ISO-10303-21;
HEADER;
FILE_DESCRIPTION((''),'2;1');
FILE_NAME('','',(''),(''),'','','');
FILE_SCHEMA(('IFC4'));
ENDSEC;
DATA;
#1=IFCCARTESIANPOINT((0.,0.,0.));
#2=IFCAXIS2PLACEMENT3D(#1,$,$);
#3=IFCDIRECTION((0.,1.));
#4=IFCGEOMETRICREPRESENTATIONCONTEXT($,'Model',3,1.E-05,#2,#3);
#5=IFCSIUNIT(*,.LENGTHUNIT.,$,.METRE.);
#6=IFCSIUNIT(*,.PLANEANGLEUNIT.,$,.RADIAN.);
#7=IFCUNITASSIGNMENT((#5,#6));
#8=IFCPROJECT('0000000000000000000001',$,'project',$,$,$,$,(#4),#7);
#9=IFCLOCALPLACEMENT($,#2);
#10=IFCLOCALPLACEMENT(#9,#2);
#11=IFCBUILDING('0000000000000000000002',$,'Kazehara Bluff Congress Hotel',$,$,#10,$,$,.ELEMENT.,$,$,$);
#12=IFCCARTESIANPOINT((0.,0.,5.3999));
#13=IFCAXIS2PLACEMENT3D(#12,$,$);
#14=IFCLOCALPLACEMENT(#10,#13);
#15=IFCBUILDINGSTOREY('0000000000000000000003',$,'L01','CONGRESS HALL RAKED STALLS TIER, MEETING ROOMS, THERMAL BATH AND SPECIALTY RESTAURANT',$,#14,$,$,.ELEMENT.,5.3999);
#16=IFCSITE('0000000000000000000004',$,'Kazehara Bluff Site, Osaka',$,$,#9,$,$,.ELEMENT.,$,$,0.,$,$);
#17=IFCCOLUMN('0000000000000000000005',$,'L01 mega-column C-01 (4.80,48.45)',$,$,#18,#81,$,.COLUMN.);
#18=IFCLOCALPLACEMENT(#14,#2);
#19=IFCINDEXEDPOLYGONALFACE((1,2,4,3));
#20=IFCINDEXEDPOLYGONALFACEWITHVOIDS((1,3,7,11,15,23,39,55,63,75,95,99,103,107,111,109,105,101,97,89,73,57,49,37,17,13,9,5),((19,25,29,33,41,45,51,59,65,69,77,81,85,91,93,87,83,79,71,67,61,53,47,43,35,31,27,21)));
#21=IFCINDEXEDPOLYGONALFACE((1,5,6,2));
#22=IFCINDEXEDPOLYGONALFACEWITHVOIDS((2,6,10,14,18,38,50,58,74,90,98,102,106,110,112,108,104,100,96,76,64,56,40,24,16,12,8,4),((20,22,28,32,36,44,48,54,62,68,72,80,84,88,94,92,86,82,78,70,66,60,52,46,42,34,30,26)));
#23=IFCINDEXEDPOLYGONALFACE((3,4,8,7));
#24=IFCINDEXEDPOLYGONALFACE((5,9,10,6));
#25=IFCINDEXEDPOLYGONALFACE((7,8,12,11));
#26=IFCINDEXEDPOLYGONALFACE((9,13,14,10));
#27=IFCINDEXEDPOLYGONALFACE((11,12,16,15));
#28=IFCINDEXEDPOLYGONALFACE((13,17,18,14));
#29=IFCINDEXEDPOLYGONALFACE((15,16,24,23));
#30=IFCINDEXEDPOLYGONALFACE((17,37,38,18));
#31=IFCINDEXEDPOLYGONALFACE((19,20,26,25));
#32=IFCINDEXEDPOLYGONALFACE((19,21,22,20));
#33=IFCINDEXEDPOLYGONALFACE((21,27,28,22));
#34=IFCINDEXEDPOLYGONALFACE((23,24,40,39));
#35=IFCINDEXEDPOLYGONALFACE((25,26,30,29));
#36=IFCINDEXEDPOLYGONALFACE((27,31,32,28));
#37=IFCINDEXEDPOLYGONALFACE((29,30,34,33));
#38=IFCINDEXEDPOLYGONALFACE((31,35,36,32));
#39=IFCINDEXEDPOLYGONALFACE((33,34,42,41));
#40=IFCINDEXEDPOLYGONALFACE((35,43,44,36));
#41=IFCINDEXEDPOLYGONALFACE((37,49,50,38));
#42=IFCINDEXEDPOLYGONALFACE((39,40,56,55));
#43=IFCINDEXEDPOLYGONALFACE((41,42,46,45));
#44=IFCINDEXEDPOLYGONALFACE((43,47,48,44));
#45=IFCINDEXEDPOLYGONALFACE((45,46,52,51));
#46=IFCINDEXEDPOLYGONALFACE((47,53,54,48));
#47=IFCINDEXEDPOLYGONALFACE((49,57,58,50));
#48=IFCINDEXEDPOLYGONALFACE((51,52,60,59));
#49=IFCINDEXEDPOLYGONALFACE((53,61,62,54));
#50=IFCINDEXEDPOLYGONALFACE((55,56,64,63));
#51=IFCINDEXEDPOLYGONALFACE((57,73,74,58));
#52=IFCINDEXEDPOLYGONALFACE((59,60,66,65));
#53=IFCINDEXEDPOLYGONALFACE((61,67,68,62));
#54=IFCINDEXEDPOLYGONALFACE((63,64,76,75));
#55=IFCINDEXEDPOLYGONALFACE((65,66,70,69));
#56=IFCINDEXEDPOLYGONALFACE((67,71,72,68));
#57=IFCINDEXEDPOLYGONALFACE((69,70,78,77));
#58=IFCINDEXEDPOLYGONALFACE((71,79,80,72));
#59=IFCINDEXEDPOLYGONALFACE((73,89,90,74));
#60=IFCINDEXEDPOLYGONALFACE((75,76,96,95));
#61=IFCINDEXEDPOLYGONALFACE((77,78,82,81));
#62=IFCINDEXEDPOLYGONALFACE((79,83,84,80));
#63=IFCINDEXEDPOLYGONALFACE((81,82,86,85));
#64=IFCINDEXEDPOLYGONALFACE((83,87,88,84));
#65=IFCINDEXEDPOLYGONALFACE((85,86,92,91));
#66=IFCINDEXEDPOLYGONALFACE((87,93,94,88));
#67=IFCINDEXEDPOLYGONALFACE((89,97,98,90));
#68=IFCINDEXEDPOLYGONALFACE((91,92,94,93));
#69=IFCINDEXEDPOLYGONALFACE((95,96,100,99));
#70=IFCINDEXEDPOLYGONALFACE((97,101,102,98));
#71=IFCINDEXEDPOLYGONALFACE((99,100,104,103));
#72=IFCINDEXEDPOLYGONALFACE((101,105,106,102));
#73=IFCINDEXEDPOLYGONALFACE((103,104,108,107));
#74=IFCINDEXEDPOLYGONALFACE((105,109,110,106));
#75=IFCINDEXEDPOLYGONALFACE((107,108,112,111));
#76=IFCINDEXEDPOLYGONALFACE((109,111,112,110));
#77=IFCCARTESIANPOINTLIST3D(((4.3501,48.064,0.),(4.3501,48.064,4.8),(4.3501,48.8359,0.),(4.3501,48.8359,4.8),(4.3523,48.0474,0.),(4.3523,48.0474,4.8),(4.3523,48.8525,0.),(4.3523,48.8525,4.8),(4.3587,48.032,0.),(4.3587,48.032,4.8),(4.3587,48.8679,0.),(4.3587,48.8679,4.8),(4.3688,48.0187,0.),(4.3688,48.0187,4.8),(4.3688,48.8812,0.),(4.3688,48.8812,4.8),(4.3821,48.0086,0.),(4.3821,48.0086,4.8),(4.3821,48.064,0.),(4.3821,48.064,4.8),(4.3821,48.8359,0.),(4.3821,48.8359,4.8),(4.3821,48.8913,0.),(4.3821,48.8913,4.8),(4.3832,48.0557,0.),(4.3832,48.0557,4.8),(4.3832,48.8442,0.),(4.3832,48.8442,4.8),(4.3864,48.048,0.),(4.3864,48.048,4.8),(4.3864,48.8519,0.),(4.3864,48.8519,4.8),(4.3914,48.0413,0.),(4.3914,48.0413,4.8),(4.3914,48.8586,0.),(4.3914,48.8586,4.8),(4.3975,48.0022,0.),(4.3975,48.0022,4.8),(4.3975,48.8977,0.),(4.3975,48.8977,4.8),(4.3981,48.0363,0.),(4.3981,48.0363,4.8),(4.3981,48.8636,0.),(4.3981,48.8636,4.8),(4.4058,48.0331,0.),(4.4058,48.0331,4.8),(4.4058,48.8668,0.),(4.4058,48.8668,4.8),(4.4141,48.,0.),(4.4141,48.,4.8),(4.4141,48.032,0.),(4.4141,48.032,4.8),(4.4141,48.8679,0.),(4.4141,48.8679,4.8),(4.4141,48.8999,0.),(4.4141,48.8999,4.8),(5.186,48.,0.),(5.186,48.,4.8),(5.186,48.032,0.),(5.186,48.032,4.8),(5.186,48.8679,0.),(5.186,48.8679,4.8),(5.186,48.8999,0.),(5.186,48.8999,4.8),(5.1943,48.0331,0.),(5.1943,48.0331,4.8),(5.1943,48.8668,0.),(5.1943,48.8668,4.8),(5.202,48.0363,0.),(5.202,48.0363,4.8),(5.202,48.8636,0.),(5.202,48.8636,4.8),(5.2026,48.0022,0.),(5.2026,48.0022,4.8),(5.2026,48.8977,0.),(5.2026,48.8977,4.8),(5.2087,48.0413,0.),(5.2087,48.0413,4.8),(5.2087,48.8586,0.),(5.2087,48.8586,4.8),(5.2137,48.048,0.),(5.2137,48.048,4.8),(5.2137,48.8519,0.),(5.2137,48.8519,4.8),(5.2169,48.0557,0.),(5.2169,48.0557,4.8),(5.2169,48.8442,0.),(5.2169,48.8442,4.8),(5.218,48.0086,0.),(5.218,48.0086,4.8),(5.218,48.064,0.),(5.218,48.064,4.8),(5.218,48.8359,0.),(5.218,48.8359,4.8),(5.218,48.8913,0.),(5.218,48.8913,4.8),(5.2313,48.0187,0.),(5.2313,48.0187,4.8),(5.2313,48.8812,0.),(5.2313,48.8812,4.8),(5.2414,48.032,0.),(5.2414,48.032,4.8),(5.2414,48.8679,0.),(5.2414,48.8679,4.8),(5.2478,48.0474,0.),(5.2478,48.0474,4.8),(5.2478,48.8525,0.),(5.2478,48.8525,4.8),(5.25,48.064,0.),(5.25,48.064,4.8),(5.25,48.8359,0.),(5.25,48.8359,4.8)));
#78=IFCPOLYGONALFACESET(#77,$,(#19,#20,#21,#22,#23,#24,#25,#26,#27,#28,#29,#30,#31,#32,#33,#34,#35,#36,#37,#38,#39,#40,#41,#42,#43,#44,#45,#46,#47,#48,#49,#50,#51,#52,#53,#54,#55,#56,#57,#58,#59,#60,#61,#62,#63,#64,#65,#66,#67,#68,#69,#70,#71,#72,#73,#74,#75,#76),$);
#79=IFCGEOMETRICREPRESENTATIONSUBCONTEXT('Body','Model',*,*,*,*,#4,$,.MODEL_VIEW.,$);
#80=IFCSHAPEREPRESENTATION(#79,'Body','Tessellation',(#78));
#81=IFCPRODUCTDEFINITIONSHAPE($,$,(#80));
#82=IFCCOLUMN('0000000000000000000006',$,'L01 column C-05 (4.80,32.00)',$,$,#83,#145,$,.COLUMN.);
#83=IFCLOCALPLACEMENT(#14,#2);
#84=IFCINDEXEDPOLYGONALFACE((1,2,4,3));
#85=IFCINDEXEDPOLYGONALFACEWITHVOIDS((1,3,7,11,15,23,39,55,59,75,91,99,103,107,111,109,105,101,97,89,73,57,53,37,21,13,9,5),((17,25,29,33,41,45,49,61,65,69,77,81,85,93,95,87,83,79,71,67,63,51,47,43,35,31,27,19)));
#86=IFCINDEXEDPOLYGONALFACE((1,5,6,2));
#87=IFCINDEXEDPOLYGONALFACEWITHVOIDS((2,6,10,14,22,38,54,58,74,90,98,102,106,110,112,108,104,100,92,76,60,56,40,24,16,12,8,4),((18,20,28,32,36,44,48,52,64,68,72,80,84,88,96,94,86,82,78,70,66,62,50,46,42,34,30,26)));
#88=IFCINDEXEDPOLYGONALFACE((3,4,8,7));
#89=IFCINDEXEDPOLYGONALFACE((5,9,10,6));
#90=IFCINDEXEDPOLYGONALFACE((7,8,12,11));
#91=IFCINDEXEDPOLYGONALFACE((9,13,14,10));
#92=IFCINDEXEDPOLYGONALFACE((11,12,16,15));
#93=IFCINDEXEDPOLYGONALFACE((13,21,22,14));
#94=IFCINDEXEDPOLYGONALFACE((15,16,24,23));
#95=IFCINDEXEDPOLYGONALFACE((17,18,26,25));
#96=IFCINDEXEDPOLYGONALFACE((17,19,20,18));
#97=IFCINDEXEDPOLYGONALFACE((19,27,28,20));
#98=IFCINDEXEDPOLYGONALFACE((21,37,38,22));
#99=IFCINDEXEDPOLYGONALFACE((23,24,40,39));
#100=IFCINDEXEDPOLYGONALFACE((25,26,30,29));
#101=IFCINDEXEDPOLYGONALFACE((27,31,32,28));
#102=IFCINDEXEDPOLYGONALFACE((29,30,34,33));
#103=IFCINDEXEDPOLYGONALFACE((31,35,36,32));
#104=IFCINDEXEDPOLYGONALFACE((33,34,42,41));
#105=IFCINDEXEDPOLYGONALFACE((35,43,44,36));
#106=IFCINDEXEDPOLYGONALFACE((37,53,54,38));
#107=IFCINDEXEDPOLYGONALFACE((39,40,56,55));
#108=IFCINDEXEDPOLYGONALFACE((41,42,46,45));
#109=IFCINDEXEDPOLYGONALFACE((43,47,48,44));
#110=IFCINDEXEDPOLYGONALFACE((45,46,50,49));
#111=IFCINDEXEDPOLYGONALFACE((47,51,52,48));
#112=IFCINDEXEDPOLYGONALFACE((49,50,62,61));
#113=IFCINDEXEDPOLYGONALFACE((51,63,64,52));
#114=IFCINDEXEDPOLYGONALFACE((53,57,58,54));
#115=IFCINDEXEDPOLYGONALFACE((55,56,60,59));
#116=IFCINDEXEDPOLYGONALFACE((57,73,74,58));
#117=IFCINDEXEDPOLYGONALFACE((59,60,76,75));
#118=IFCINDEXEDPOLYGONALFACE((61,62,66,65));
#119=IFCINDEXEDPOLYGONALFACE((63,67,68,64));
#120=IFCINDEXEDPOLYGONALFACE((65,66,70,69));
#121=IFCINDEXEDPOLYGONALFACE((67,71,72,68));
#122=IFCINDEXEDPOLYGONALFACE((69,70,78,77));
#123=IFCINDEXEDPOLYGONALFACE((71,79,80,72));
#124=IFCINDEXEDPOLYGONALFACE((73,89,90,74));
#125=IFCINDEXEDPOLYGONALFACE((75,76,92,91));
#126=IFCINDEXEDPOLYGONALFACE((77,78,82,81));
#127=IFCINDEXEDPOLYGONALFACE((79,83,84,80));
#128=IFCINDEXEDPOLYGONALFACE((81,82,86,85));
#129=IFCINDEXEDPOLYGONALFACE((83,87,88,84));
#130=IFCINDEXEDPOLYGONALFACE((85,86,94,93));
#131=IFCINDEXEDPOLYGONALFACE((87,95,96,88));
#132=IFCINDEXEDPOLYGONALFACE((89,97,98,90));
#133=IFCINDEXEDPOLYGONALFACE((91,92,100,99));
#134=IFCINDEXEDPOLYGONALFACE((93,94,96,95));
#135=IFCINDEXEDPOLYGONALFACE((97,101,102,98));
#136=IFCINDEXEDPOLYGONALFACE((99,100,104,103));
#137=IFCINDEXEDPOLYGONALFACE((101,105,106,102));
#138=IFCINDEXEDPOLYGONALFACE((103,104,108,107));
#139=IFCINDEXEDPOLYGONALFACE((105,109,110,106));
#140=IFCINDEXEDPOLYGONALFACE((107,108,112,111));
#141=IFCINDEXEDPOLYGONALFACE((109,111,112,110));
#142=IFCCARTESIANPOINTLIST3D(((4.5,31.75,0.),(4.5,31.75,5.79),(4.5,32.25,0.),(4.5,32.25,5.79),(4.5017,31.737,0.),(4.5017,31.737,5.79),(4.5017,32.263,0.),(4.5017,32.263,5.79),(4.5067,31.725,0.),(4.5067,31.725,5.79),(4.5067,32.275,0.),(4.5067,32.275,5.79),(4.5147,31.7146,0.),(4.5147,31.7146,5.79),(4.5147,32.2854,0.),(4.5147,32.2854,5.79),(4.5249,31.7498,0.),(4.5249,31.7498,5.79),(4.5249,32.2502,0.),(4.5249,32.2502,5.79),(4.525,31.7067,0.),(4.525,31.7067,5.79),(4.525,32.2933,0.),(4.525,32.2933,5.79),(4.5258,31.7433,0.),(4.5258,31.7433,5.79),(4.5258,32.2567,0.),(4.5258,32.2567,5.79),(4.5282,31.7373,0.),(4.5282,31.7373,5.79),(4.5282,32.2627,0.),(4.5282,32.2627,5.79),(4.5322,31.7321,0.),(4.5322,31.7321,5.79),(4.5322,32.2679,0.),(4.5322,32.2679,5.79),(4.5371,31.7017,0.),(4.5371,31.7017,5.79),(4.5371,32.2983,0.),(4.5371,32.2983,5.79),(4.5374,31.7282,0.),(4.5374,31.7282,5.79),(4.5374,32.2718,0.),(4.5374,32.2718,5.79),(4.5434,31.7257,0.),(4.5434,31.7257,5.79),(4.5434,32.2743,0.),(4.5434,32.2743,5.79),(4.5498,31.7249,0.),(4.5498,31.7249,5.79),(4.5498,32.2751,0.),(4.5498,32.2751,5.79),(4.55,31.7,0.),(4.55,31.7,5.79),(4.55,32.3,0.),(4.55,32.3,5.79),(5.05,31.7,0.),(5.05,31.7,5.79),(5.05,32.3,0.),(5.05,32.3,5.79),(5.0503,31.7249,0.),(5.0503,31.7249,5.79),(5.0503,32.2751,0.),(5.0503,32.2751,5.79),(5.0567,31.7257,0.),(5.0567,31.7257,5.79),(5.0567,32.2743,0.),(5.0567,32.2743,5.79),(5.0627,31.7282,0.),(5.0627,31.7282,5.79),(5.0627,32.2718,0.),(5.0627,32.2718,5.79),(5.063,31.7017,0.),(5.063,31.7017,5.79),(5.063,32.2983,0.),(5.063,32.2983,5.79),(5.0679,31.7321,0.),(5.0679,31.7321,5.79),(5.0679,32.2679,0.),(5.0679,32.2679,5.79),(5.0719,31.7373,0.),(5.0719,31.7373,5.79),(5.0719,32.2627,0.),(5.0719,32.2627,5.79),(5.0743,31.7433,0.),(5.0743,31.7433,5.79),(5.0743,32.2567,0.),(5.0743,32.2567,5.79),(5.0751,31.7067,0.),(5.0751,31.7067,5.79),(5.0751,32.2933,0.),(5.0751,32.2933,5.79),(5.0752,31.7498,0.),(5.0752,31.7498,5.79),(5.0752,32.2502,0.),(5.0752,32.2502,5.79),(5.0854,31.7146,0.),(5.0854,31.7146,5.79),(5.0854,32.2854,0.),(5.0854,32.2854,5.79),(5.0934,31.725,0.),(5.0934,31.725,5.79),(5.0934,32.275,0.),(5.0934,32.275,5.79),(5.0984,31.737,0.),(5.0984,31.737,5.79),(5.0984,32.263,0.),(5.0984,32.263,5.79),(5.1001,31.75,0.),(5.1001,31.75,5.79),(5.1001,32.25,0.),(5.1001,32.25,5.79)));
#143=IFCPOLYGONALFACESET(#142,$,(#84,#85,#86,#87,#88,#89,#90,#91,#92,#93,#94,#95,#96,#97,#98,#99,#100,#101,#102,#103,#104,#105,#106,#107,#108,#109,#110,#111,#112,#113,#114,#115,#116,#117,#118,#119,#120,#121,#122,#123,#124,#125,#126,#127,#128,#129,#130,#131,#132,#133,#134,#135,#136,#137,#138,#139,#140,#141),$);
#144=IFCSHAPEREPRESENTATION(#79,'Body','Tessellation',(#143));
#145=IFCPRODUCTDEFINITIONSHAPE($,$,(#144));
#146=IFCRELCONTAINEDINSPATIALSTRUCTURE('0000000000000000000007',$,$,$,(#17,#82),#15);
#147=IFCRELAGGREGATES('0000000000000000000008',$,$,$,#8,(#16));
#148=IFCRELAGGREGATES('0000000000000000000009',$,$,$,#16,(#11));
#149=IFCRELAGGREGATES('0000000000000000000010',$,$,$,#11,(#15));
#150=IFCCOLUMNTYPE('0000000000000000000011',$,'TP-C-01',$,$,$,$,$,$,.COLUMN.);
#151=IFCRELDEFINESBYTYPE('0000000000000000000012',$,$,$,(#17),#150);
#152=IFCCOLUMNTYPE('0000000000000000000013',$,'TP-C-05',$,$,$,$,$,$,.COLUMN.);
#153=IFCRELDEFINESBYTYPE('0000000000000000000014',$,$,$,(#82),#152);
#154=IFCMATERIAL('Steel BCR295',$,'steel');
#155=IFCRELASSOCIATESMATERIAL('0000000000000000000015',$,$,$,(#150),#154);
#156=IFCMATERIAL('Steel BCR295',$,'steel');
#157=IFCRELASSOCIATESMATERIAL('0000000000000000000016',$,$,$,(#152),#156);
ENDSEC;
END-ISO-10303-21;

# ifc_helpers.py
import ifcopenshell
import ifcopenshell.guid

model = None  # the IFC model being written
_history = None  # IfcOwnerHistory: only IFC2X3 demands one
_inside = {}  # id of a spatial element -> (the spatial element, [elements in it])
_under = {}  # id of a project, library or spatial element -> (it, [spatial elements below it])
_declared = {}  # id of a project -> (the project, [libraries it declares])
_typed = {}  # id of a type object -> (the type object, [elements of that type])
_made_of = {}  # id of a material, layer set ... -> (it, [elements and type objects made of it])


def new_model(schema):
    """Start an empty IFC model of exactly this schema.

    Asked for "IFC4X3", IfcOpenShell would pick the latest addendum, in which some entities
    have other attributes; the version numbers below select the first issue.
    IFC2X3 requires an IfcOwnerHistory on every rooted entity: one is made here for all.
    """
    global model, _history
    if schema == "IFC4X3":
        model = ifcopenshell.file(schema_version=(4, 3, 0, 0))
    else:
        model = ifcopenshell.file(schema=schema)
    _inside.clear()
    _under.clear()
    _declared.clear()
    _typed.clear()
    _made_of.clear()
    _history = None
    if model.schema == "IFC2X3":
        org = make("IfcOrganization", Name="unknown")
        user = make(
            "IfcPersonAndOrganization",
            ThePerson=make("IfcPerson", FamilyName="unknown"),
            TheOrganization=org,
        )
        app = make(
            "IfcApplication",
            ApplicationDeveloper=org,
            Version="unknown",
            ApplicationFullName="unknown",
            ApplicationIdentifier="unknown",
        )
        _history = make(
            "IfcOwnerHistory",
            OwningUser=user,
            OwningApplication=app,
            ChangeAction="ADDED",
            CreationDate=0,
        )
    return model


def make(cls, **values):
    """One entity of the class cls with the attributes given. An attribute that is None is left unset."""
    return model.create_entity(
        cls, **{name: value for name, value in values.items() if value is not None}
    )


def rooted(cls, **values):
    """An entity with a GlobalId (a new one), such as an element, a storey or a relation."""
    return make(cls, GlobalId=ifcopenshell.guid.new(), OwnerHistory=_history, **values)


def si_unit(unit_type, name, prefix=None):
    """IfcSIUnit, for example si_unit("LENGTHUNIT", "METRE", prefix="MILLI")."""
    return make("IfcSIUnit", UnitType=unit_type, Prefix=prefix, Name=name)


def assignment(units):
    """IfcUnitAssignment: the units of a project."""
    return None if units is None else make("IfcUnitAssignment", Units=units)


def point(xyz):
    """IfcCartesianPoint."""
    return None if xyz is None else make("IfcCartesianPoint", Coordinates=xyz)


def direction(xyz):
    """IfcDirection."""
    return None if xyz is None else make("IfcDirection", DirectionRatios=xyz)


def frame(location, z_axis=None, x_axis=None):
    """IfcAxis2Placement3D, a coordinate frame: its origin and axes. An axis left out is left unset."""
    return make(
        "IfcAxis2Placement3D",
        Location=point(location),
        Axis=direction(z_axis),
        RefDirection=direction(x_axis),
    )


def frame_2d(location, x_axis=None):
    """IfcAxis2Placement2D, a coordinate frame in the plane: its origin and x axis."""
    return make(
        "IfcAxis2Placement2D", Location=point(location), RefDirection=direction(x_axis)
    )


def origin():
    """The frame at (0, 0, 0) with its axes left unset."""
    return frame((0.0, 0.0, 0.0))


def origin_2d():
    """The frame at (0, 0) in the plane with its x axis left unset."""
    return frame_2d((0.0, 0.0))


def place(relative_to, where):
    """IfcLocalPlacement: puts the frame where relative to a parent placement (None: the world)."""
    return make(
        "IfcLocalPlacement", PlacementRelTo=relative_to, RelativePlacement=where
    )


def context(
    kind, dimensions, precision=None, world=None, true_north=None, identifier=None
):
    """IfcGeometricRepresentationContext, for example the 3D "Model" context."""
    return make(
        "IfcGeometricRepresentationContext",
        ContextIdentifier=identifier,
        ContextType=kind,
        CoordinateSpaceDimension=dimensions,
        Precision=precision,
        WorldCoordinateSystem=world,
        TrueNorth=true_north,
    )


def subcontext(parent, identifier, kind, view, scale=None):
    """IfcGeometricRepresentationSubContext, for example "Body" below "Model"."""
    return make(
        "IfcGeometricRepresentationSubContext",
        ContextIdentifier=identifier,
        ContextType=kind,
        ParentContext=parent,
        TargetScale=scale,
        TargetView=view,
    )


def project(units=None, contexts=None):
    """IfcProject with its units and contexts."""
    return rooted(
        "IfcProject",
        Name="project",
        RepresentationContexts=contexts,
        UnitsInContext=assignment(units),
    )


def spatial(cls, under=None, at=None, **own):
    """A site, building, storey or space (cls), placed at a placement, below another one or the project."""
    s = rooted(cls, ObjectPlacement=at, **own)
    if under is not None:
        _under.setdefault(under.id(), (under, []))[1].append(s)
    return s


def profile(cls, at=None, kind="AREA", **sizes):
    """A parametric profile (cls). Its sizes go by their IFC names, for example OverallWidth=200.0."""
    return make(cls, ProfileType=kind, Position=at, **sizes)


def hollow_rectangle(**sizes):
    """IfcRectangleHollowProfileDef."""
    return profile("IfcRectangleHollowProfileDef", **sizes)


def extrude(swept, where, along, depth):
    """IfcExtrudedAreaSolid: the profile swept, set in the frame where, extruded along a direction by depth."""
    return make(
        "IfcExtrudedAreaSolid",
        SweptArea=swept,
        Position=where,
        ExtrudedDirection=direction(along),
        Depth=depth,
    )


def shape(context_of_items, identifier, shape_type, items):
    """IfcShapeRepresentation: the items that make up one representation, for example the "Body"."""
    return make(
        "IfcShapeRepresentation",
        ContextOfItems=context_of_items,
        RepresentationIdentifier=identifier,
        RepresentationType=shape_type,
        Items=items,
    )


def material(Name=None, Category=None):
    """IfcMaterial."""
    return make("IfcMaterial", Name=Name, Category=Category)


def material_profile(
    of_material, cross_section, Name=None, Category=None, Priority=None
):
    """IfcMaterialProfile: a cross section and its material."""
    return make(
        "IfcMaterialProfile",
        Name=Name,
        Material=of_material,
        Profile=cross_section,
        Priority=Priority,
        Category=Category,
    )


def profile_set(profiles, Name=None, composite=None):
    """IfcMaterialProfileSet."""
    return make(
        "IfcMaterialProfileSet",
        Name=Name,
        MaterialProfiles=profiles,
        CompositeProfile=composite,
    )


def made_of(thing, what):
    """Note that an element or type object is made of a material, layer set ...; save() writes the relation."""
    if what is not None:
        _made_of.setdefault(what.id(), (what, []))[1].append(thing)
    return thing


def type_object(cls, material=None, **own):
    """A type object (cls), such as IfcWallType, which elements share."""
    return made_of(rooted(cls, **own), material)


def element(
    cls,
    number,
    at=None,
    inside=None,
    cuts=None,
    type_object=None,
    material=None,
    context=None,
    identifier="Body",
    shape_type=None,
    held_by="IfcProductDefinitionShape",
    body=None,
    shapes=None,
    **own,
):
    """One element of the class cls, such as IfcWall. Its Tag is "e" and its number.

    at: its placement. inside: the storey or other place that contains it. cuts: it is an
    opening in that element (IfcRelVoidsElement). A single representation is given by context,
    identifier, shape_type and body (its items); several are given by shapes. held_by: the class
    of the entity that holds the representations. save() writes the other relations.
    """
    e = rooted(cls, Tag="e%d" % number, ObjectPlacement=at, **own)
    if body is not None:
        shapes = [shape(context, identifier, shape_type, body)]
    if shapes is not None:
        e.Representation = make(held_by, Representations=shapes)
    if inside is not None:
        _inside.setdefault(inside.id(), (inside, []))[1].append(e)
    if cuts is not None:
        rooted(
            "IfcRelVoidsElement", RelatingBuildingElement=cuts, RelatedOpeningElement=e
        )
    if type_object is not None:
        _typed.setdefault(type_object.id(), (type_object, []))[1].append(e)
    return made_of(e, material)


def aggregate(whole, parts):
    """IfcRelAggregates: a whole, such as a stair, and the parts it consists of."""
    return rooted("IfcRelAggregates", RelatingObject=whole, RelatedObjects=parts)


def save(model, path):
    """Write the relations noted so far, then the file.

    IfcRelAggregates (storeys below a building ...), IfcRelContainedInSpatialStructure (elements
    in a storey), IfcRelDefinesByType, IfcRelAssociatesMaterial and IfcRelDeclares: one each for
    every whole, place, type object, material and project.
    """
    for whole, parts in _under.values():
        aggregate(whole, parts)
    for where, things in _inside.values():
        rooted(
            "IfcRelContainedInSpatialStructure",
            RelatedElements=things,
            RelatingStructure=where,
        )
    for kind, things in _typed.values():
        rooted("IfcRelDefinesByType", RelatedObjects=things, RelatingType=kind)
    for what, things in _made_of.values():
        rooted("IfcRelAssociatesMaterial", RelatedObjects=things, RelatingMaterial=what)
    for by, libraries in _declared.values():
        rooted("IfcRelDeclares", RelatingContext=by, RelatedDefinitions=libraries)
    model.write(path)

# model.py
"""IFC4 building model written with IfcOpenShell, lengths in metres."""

from ifc_helpers import new_model, si_unit, direction, frame, origin, origin_2d, place, context, subcontext, project, spatial, hollow_rectangle, extrude, material, material_profile, profile_set, type_object, element, save


model = new_model("IFC4")

# Units and contexts
model_context = context("Model", 3, precision=1e-05, world=origin(), true_north=direction((0.0, 1.0)))
body_context = subcontext(model_context, "Body", "Model", "MODEL_VIEW")
ifc_project = project(units=[si_unit("LENGTHUNIT", "METRE"), si_unit("PLANEANGLEUNIT", "RADIAN")], contexts=[model_context])

# Site, building, storey
site_placement = place(None, origin())
site = spatial("IfcSite", under=ifc_project, at=site_placement, Name="Kazehara Bluff Site, Osaka", CompositionType="ELEMENT", RefElevation=0.0)
building_placement = place(site_placement, origin())
building = spatial("IfcBuilding", under=site, at=building_placement, Name="Kazehara Bluff Congress Hotel", CompositionType="ELEMENT")
storey_placement = place(building_placement, frame((0.0, 0.0, 5.3999)))
storey = spatial("IfcBuildingStorey", under=building, at=storey_placement, Name="L01", Description="CONGRESS HALL RAKED STALLS TIER, MEETING ROOMS, THERMAL BATH AND SPECIALTY RESTAURANT", CompositionType="ELEMENT", Elevation=5.3999)

# Columns
ifc_material_1 = material(Name="Steel BCR295", Category="steel")
ifc_material_profile_1 = material_profile(ifc_material_1, hollow_rectangle(XDim=0.8999, YDim=0.8999, WallThickness=0.032, InnerFilletRadius=0.032, OuterFilletRadius=0.064, at=origin_2d()))
ifc_profile_set_1 = profile_set([ifc_material_profile_1], Name="Steel BCR295")
column_type_1 = type_object("IfcColumnType", Name="TP-C-01", PredefinedType="COLUMN", material=ifc_profile_set_1)
column_placement = place(storey_placement, frame((4.8, 48.45, 0.0), z_axis=(0.0, 0.0, 1.0), x_axis=(1.0, 0.0, 0.0)))
element("IfcColumn", 1, at=column_placement, inside=storey, type_object=column_type_1, Name="L01 mega-column C-01 (4.80,48.45)", PredefinedType="COLUMN", context=body_context, shape_type="SweptSolid", body=[
    extrude(hollow_rectangle(XDim=0.8999, YDim=0.8999, WallThickness=0.032, InnerFilletRadius=0.032, OuterFilletRadius=0.064, at=origin_2d()), origin(), (0.0, 0.0, 1.0), 4.8),
])
ifc_material_2 = material(Name="Steel BCR295", Category="steel")
ifc_material_profile_2 = material_profile(ifc_material_2, hollow_rectangle(XDim=0.6001, YDim=0.6001, WallThickness=0.0249, InnerFilletRadius=0.0249, OuterFilletRadius=0.05, at=origin_2d()))
ifc_profile_set_2 = profile_set([ifc_material_profile_2], Name="Steel BCR295")
column_type_2 = type_object("IfcColumnType", Name="TP-C-05", PredefinedType="COLUMN", material=ifc_profile_set_2)
for number, where, z_axis, x_axis, name in (
    (2, (4.8, 32.0, 0.0), (0.0, 0.0, 1.0), (1.0, 0.0, 0.0), "L01 column C-05 (4.80,32.00)"),
):
    element("IfcColumn", number, at=place(storey_placement, frame(where, z_axis=z_axis, x_axis=x_axis)), inside=storey, type_object=column_type_2, Name=name, PredefinedType="COLUMN", context=body_context, shape_type="SweptSolid", body=[
        extrude(hollow_rectangle(XDim=0.6001, YDim=0.6001, WallThickness=0.0249, InnerFilletRadius=0.0249, OuterFilletRadius=0.05, at=origin_2d()), origin(), (0.0, 0.0, 1.0), 5.79),
    ])

save(model, "model.ifc")
